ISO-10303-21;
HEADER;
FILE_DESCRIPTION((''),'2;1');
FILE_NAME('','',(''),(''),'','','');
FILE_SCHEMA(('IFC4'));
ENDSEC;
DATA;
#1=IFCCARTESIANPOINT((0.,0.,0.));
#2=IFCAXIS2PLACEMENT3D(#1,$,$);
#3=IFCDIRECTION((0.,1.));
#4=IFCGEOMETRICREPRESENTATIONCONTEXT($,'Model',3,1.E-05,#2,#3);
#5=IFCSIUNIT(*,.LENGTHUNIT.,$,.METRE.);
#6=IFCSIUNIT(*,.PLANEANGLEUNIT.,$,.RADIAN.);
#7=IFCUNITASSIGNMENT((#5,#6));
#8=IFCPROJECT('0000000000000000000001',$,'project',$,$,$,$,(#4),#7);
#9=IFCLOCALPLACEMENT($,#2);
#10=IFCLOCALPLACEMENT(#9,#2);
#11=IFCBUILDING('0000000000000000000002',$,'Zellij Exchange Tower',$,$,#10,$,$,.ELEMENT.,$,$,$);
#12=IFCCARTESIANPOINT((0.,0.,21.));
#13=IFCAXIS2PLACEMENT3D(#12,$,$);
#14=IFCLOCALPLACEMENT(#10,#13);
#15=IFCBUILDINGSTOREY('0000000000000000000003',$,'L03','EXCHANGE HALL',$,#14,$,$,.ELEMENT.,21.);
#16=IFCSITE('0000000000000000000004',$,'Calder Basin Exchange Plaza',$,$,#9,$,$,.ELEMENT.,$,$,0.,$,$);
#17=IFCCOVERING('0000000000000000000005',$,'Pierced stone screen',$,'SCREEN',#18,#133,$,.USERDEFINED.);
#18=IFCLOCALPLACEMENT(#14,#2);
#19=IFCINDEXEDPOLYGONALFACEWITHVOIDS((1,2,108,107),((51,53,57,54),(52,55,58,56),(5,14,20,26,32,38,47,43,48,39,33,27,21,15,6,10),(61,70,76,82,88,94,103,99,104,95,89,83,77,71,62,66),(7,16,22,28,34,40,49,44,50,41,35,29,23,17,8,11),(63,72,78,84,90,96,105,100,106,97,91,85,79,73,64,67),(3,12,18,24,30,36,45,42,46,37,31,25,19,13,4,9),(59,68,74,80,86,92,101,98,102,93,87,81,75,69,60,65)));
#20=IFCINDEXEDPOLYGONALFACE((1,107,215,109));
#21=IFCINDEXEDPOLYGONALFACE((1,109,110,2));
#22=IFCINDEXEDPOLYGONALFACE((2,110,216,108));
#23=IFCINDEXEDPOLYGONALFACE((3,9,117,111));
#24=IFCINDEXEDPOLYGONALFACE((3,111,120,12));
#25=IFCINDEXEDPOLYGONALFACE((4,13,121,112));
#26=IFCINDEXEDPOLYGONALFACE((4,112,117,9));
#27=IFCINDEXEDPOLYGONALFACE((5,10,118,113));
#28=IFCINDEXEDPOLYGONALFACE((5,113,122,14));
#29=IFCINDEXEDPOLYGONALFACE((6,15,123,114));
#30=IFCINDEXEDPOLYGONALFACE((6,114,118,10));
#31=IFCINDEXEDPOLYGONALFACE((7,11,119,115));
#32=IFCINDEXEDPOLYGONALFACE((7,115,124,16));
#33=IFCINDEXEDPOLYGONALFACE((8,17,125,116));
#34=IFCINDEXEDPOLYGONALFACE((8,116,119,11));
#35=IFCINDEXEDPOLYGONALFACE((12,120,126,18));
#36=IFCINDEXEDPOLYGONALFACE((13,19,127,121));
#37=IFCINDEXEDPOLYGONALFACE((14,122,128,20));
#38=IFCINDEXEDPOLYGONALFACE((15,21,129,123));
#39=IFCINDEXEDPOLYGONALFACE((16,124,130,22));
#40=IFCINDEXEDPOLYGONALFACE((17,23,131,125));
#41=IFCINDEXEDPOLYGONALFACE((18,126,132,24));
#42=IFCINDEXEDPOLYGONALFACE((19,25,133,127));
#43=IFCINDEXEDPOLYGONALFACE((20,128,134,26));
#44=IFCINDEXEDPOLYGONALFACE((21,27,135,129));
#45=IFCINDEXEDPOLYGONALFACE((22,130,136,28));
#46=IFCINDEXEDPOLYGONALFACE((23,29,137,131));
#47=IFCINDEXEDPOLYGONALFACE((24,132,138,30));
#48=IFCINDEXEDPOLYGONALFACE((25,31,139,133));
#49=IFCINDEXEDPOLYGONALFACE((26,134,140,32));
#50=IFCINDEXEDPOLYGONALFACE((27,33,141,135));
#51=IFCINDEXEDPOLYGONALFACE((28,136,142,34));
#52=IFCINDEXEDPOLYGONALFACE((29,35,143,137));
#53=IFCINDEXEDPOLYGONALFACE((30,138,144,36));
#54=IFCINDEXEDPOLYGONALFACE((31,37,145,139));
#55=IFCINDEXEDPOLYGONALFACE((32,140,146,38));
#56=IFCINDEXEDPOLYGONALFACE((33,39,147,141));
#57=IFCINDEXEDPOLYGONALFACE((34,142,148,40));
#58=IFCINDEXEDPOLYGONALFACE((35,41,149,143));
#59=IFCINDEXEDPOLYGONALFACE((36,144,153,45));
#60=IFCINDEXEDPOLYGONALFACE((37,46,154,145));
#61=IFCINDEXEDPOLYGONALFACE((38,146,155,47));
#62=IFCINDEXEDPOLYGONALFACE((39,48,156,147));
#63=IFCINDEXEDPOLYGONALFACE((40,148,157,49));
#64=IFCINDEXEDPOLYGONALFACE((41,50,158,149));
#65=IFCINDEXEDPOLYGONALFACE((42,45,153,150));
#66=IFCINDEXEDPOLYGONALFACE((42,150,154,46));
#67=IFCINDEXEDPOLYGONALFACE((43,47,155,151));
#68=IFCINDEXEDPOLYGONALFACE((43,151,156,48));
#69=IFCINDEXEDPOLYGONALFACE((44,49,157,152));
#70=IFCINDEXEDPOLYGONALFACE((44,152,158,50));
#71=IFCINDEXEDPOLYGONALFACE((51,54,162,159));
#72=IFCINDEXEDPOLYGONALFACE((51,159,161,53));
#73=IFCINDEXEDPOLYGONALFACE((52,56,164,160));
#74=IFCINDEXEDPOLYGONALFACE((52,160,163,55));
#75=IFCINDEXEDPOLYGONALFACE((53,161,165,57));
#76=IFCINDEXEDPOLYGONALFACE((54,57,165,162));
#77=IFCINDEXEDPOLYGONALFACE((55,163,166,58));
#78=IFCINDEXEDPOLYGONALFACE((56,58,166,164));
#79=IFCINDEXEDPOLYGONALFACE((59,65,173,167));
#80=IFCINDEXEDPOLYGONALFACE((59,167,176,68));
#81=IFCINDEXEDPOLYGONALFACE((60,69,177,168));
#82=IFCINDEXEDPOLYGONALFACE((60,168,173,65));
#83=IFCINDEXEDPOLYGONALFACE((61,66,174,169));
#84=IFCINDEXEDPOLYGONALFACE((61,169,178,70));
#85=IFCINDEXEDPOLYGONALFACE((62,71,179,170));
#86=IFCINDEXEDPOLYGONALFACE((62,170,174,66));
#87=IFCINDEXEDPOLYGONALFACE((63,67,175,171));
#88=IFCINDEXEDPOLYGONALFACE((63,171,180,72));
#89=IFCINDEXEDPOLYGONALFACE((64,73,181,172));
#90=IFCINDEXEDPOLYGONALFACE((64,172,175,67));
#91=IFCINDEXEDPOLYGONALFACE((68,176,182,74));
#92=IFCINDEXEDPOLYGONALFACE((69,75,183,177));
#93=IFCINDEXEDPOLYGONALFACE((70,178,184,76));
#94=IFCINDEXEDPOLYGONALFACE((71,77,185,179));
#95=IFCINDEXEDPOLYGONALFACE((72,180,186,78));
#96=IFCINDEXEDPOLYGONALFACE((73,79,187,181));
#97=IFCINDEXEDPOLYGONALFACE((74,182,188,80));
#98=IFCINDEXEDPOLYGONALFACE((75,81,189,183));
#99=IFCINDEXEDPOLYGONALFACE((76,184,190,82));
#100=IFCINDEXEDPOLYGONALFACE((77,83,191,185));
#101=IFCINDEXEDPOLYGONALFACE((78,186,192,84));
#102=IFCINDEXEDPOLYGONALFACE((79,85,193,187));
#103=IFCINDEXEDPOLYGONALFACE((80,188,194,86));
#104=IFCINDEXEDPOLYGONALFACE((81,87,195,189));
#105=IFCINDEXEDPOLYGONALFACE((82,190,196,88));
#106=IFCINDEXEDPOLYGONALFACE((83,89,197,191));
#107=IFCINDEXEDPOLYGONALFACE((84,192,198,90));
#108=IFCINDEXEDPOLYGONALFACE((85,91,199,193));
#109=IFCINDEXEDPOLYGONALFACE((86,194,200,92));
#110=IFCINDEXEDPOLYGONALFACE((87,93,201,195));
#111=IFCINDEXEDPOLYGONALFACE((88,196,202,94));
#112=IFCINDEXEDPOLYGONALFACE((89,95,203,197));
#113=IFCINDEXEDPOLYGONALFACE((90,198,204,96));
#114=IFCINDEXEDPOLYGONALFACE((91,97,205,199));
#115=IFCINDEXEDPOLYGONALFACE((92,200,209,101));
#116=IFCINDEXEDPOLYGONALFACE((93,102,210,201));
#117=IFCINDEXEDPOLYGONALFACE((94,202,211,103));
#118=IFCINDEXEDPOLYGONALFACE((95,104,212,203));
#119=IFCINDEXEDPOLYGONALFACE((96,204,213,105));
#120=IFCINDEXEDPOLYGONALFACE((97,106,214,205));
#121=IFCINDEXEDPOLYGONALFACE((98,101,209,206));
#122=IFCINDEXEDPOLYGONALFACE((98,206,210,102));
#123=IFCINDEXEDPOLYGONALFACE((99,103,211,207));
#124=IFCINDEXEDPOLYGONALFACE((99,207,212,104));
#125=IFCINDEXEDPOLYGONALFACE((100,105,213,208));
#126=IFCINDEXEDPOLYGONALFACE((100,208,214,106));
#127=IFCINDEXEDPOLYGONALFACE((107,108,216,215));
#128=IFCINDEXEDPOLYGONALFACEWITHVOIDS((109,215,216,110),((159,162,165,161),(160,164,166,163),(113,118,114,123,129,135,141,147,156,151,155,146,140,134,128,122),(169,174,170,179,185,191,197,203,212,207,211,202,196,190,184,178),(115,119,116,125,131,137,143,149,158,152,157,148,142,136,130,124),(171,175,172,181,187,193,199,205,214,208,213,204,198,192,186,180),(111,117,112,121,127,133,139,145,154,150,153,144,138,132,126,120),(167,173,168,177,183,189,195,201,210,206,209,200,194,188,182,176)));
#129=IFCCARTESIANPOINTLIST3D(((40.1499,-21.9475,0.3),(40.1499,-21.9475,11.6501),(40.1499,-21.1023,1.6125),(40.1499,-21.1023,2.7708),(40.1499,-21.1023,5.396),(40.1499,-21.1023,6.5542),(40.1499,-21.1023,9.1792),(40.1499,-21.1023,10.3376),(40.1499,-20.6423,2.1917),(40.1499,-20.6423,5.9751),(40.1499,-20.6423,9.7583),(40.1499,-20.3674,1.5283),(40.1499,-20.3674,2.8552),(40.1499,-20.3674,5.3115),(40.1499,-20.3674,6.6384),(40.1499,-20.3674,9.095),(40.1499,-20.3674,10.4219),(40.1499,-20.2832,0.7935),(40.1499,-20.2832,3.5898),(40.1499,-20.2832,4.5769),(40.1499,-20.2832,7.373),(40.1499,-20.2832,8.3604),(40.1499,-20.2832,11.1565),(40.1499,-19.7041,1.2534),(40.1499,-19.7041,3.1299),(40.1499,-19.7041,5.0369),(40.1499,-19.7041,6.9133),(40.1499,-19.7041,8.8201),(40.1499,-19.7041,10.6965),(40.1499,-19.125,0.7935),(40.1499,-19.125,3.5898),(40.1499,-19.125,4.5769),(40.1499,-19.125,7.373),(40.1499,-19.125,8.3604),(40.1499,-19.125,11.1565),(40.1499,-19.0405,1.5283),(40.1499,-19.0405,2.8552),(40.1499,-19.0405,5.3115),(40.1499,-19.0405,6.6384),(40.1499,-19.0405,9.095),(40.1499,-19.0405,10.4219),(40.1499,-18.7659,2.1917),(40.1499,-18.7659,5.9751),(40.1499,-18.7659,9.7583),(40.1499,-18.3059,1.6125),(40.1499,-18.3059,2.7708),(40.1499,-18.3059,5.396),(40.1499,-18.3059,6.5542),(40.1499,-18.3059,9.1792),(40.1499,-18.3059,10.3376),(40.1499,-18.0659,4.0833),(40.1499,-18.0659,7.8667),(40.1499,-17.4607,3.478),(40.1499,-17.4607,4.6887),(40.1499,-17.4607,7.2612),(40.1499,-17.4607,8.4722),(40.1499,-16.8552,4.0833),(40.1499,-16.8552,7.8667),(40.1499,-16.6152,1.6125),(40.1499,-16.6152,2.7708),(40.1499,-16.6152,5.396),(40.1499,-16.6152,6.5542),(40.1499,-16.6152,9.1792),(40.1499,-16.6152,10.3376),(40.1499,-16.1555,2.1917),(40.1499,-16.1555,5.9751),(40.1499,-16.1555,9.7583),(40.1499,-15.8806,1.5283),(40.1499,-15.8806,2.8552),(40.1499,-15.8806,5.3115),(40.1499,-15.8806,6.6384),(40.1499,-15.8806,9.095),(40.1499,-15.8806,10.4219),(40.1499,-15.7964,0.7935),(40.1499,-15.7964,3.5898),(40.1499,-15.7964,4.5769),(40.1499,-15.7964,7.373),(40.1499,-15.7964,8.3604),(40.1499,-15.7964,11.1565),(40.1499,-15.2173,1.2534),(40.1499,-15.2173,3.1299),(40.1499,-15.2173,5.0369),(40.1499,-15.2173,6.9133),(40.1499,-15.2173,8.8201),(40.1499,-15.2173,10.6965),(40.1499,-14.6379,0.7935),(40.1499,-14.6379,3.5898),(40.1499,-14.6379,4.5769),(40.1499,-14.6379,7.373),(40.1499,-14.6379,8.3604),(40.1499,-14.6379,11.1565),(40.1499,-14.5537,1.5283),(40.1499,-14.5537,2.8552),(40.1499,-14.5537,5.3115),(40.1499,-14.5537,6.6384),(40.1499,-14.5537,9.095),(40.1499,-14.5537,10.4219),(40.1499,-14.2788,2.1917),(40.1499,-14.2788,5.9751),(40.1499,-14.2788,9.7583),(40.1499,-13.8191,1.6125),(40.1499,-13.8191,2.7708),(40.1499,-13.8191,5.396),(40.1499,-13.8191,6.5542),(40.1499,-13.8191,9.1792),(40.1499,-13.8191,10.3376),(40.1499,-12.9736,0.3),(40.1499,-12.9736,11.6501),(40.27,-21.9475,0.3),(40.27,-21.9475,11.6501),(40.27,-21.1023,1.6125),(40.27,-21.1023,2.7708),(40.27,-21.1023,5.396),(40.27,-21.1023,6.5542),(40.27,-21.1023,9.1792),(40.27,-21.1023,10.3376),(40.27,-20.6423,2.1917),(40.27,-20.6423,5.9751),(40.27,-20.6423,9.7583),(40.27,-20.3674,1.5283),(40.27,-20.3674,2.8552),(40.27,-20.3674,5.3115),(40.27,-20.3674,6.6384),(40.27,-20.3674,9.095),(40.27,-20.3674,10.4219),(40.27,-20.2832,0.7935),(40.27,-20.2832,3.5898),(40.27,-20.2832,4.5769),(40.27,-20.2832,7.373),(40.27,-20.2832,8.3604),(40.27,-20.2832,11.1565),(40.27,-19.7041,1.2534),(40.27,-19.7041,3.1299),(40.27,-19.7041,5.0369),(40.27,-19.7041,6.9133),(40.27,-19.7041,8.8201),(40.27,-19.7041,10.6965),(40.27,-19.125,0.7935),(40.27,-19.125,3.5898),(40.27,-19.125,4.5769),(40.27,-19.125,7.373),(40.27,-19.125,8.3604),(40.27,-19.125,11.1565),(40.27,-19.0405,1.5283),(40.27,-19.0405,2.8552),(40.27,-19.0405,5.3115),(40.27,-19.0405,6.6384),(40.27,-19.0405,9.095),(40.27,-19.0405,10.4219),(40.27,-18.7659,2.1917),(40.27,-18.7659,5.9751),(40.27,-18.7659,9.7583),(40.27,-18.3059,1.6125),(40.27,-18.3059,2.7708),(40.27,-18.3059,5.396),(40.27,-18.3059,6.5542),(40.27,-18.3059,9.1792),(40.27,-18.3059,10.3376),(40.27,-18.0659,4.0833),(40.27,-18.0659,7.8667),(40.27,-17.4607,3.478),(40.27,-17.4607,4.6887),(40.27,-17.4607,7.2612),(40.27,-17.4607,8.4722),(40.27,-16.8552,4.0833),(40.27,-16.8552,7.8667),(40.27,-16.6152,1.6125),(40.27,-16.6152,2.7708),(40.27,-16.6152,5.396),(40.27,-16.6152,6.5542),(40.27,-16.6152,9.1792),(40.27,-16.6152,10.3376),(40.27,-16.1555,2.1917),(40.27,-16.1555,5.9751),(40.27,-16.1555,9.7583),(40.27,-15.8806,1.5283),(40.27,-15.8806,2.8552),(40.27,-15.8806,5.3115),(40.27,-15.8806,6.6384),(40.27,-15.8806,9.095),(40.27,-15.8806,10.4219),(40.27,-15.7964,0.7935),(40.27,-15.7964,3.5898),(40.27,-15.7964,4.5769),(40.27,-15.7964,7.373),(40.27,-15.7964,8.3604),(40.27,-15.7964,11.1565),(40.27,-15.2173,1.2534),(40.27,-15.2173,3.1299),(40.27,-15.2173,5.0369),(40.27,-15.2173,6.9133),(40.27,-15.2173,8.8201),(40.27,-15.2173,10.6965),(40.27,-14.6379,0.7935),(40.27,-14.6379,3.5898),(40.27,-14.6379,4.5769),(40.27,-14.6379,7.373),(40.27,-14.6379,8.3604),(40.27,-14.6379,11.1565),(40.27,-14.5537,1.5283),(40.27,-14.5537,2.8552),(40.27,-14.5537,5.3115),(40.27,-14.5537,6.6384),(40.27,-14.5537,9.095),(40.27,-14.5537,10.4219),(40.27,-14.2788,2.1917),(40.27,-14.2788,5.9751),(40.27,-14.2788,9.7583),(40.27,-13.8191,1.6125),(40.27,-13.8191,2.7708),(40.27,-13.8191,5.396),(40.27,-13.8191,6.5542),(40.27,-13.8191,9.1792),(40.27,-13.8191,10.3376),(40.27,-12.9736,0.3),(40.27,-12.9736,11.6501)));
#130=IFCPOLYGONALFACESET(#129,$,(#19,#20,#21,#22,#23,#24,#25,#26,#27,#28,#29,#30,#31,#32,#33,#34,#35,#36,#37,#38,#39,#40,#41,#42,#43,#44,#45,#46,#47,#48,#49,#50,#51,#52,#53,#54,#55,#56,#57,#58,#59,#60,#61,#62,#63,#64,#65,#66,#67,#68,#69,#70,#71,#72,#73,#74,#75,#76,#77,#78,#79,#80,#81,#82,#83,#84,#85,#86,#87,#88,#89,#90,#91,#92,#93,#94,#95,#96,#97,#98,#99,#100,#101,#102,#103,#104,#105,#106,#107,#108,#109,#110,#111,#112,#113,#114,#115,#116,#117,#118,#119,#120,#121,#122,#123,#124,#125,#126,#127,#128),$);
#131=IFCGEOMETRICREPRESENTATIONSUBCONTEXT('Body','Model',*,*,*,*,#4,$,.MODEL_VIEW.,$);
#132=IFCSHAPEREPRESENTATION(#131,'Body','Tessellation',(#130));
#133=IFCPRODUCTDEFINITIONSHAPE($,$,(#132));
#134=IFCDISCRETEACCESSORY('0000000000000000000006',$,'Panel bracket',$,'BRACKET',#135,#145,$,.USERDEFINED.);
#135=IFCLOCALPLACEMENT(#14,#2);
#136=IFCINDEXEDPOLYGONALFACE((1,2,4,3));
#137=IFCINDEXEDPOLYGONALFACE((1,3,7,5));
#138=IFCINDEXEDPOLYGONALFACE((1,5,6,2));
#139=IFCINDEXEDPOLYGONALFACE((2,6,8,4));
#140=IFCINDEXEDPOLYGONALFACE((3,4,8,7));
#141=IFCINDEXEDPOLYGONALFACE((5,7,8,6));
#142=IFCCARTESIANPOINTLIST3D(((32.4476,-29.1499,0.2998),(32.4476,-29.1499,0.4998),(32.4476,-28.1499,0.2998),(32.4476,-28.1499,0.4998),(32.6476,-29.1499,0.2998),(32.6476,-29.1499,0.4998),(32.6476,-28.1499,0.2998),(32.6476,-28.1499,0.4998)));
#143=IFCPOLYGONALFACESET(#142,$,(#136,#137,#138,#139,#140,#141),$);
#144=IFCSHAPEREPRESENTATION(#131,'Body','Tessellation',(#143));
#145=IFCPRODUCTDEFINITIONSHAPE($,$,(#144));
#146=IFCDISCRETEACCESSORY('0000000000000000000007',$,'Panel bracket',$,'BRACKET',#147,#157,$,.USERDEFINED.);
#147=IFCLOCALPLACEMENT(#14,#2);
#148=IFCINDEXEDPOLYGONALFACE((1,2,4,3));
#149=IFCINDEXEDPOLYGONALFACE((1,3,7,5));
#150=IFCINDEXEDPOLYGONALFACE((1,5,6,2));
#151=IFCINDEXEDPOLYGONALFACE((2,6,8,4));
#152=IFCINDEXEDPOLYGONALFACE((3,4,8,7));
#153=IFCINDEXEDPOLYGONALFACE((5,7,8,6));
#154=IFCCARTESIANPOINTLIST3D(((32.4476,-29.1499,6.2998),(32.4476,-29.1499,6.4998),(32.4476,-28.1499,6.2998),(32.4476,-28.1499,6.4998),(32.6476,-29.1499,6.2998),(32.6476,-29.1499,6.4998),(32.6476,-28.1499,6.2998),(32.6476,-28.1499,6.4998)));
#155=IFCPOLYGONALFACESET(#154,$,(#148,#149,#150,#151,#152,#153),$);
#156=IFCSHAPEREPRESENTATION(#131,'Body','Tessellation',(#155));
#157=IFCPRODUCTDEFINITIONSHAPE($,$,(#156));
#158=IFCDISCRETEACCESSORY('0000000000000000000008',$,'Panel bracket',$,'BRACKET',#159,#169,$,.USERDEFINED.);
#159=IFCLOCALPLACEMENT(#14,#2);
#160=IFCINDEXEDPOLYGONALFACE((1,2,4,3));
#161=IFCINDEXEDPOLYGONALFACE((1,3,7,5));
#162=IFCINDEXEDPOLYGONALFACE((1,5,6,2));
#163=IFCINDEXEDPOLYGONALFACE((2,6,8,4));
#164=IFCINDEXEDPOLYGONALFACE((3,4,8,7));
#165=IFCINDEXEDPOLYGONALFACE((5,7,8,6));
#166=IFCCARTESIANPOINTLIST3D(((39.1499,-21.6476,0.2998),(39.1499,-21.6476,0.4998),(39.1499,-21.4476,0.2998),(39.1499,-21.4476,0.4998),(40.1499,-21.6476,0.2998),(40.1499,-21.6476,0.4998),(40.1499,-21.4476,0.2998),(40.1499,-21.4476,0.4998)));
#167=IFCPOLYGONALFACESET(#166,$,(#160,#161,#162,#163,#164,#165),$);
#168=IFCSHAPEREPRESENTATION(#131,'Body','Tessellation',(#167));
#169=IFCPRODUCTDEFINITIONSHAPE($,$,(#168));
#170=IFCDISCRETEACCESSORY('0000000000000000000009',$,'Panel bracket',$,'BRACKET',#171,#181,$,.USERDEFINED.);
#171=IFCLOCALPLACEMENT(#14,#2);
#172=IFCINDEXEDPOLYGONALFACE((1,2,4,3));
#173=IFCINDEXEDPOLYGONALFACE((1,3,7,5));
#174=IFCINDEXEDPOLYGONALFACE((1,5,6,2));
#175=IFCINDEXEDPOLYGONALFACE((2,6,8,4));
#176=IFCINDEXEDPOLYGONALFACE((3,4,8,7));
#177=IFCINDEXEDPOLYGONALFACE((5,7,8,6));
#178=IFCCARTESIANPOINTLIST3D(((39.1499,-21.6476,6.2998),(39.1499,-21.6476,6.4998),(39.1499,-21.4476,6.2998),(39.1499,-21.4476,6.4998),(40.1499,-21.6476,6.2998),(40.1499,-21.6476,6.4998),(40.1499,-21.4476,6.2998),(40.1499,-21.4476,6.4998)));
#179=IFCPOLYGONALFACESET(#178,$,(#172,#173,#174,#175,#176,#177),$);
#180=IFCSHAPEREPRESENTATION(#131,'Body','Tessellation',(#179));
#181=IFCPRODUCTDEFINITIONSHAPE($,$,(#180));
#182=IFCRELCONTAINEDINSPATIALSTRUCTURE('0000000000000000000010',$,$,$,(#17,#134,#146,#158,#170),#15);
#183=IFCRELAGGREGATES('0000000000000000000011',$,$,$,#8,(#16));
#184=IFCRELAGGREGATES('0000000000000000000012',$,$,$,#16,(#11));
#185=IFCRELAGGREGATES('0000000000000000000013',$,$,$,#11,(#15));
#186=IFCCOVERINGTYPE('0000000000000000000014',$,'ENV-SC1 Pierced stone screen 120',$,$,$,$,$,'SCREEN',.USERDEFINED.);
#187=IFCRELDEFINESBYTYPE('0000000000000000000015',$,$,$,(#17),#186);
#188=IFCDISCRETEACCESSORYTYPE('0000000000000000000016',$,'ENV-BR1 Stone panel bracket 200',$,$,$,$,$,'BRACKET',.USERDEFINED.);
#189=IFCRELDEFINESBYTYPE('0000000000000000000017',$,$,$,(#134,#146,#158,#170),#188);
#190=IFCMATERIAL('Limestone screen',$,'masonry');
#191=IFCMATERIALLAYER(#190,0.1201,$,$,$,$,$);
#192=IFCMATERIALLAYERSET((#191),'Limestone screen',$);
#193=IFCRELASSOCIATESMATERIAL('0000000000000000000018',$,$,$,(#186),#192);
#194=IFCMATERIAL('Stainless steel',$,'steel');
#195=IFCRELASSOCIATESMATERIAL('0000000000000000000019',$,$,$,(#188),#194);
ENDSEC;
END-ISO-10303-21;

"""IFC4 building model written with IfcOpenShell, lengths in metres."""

from ifc_helpers import new_model, si_unit, direction, frame, origin, origin_2d, place, context, subcontext, project, spatial, polyline, rectangle, outline, extrude, material, layer, layer_set, type_object, element, save


model = new_model("IFC4")

# Units and contexts
model_context = context("Model", 3, precision=1e-05, world=origin(), true_north=direction((0.0, 1.0)))
body_context = subcontext(model_context, "Body", "Model", "MODEL_VIEW")
ifc_project = project(units=[si_unit("LENGTHUNIT", "METRE"), si_unit("PLANEANGLEUNIT", "RADIAN")], contexts=[model_context])

# Site, building, storey
site_placement = place(None, origin())
site = spatial("IfcSite", under=ifc_project, at=site_placement, Name="Calder Basin Exchange Plaza", CompositionType="ELEMENT", RefElevation=0.0)
building_placement = place(site_placement, origin())
building = spatial("IfcBuilding", under=site, at=building_placement, Name="Zellij Exchange Tower", CompositionType="ELEMENT")
storey_placement = place(building_placement, frame((0.0, 0.0, 21.0)))
storey = spatial("IfcBuildingStorey", under=building, at=storey_placement, Name="L03", Description="EXCHANGE HALL", CompositionType="ELEMENT", Elevation=21.0)

# Covering
ifc_material_1 = material(Name="Limestone screen", Category="masonry")
ifc_layer_1 = layer(ifc_material_1, 0.1201)
ifc_layer_set_1 = layer_set([ifc_layer_1], Name="Limestone screen")
covering_type = type_object("IfcCoveringType", Name="ENV-SC1 Pierced stone screen 120", ElementType="SCREEN", PredefinedType="USERDEFINED", material=ifc_layer_set_1)
covering_placement = place(storey_placement, frame((40.21, -21.9475, 0.3), z_axis=(0.0, 0.0, 1.0), x_axis=(0.0, 1.0, 0.0)))
element("IfcCovering", 1, at=covering_placement, inside=storey, type_object=covering_type, Name="Pierced stone screen", ObjectType="SCREEN", PredefinedType="USERDEFINED", context=body_context, shape_type="SweptSolid", body=[
    extrude(outline(polyline([(0.0, 0.0), (8.9739, 0.0), (8.9739, 11.3501), (0.0, 11.3501), (0.0, 0.0)]), holes=[polyline([(3.6416, 2.4707), (2.907, 2.5552), (2.8225, 3.2898), (2.2434, 2.8298), (1.6643, 3.2898), (1.5801, 2.5552), (0.8452, 2.4707), (1.3052, 1.8916), (0.8452, 1.3125), (1.5801, 1.2283), (1.6643, 0.4934), (2.2434, 0.9534), (2.8225, 0.4934), (2.907, 1.2283), (3.6416, 1.3125), (3.1816, 1.8916), (3.6416, 2.4707)]), polyline([(3.6416, 6.2542), (2.907, 6.3384), (2.8225, 7.073), (2.2434, 6.6133), (1.6643, 7.073), (1.5801, 6.3384), (0.8452, 6.2542), (1.3052, 5.675), (0.8452, 5.0959), (1.5801, 5.0115), (1.6643, 4.2769), (2.2434, 4.7368), (2.8225, 4.2769), (2.907, 5.0115), (3.6416, 5.0959), (3.1816, 5.675), (3.6416, 6.2542)]), polyline([(3.6416, 10.0376), (2.907, 10.1218), (2.8225, 10.8564), (2.2434, 10.3965), (1.6643, 10.8564), (1.5801, 10.1218), (0.8452, 10.0376), (1.3052, 9.4583), (0.8452, 8.8792), (1.5801, 8.7949), (1.6643, 8.0603), (2.2434, 8.52), (2.8225, 8.0603), (2.907, 8.7949), (3.6416, 8.8792), (3.1816, 9.4583), (3.6416, 10.0376)]), polyline([(8.1284, 2.4707), (7.3938, 2.5552), (7.3096, 3.2898), (6.7302, 2.8298), (6.1511, 3.2898), (6.0669, 2.5552), (5.3323, 2.4707), (5.792, 1.8916), (5.3323, 1.3125), (6.0669, 1.2283), (6.1511, 0.4934), (6.7302, 0.9534), (7.3096, 0.4934), (7.3938, 1.2283), (8.1284, 1.3125), (7.6687, 1.8916), (8.1284, 2.4707)]), polyline([(8.1284, 6.2542), (7.3938, 6.3384), (7.3096, 7.073), (6.7302, 6.6133), (6.1511, 7.073), (6.0669, 6.3384), (5.3323, 6.2542), (5.792, 5.675), (5.3323, 5.0959), (6.0669, 5.0115), (6.1511, 4.2769), (6.7302, 4.7368), (7.3096, 4.2769), (7.3938, 5.0115), (8.1284, 5.0959), (7.6687, 5.675), (8.1284, 6.2542)]), polyline([(8.1284, 10.0376), (7.3938, 10.1218), (7.3096, 10.8564), (6.7302, 10.3965), (6.1511, 10.8564), (6.0669, 10.1218), (5.3323, 10.0376), (5.792, 9.4583), (5.3323, 8.8792), (6.0669, 8.7949), (6.1511, 8.0603), (6.7302, 8.52), (7.3096, 8.0603), (7.3938, 8.7949), (8.1284, 8.8792), (7.6687, 9.4583), (8.1284, 10.0376)]), polyline([(5.0923, 3.7832), (4.4868, 4.3887), (3.8816, 3.7832), (4.4868, 3.178), (5.0923, 3.7832)]), polyline([(5.0923, 7.5667), (4.4868, 8.1721), (3.8816, 7.5667), (4.4868, 6.9612), (5.0923, 7.5667)])]), frame((0.0, 0.0601, 0.0), z_axis=(0.0, -1.0, 0.0), x_axis=(1.0, 0.0, 0.0)), (0.0, 0.0, 1.0), 0.1201),
])

# Discrete accessories
ifc_material_2 = material(Name="Stainless steel", Category="steel")
discrete_accessory_type = type_object("IfcDiscreteAccessoryType", Name="ENV-BR1 Stone panel bracket 200", ElementType="BRACKET", PredefinedType="USERDEFINED", material=ifc_material_2)
for number, where, z_axis, x_axis, name in (
    (2, (32.5476, -28.6499, 0.2998), (0.0, 0.0, 1.0), (1.0, 0.0, 0.0), "Panel bracket"),
    (3, (32.5476, -28.6499, 6.2998), (0.0, 0.0, 1.0), (1.0, 0.0, 0.0), "Panel bracket"),
    (4, (39.6499, -21.5476, 0.2998), (0.0, 0.0, 1.0), (0.0, 1.0, 0.0), "Panel bracket"),
    (5, (39.6499, -21.5476, 6.2998), (0.0, 0.0, 1.0), (0.0, 1.0, 0.0), "Panel bracket"),
):
    element("IfcDiscreteAccessory", number, at=place(storey_placement, frame(where, z_axis=z_axis, x_axis=x_axis)), inside=storey, type_object=discrete_accessory_type, Name=name, ObjectType="BRACKET", PredefinedType="USERDEFINED", context=body_context, shape_type="SweptSolid", body=[
        extrude(rectangle(XDim=0.2, YDim=1.0, at=origin_2d()), origin(), (0.0, 0.0, 1.0), 0.2),
    ])

save(model, "model.ifc")
